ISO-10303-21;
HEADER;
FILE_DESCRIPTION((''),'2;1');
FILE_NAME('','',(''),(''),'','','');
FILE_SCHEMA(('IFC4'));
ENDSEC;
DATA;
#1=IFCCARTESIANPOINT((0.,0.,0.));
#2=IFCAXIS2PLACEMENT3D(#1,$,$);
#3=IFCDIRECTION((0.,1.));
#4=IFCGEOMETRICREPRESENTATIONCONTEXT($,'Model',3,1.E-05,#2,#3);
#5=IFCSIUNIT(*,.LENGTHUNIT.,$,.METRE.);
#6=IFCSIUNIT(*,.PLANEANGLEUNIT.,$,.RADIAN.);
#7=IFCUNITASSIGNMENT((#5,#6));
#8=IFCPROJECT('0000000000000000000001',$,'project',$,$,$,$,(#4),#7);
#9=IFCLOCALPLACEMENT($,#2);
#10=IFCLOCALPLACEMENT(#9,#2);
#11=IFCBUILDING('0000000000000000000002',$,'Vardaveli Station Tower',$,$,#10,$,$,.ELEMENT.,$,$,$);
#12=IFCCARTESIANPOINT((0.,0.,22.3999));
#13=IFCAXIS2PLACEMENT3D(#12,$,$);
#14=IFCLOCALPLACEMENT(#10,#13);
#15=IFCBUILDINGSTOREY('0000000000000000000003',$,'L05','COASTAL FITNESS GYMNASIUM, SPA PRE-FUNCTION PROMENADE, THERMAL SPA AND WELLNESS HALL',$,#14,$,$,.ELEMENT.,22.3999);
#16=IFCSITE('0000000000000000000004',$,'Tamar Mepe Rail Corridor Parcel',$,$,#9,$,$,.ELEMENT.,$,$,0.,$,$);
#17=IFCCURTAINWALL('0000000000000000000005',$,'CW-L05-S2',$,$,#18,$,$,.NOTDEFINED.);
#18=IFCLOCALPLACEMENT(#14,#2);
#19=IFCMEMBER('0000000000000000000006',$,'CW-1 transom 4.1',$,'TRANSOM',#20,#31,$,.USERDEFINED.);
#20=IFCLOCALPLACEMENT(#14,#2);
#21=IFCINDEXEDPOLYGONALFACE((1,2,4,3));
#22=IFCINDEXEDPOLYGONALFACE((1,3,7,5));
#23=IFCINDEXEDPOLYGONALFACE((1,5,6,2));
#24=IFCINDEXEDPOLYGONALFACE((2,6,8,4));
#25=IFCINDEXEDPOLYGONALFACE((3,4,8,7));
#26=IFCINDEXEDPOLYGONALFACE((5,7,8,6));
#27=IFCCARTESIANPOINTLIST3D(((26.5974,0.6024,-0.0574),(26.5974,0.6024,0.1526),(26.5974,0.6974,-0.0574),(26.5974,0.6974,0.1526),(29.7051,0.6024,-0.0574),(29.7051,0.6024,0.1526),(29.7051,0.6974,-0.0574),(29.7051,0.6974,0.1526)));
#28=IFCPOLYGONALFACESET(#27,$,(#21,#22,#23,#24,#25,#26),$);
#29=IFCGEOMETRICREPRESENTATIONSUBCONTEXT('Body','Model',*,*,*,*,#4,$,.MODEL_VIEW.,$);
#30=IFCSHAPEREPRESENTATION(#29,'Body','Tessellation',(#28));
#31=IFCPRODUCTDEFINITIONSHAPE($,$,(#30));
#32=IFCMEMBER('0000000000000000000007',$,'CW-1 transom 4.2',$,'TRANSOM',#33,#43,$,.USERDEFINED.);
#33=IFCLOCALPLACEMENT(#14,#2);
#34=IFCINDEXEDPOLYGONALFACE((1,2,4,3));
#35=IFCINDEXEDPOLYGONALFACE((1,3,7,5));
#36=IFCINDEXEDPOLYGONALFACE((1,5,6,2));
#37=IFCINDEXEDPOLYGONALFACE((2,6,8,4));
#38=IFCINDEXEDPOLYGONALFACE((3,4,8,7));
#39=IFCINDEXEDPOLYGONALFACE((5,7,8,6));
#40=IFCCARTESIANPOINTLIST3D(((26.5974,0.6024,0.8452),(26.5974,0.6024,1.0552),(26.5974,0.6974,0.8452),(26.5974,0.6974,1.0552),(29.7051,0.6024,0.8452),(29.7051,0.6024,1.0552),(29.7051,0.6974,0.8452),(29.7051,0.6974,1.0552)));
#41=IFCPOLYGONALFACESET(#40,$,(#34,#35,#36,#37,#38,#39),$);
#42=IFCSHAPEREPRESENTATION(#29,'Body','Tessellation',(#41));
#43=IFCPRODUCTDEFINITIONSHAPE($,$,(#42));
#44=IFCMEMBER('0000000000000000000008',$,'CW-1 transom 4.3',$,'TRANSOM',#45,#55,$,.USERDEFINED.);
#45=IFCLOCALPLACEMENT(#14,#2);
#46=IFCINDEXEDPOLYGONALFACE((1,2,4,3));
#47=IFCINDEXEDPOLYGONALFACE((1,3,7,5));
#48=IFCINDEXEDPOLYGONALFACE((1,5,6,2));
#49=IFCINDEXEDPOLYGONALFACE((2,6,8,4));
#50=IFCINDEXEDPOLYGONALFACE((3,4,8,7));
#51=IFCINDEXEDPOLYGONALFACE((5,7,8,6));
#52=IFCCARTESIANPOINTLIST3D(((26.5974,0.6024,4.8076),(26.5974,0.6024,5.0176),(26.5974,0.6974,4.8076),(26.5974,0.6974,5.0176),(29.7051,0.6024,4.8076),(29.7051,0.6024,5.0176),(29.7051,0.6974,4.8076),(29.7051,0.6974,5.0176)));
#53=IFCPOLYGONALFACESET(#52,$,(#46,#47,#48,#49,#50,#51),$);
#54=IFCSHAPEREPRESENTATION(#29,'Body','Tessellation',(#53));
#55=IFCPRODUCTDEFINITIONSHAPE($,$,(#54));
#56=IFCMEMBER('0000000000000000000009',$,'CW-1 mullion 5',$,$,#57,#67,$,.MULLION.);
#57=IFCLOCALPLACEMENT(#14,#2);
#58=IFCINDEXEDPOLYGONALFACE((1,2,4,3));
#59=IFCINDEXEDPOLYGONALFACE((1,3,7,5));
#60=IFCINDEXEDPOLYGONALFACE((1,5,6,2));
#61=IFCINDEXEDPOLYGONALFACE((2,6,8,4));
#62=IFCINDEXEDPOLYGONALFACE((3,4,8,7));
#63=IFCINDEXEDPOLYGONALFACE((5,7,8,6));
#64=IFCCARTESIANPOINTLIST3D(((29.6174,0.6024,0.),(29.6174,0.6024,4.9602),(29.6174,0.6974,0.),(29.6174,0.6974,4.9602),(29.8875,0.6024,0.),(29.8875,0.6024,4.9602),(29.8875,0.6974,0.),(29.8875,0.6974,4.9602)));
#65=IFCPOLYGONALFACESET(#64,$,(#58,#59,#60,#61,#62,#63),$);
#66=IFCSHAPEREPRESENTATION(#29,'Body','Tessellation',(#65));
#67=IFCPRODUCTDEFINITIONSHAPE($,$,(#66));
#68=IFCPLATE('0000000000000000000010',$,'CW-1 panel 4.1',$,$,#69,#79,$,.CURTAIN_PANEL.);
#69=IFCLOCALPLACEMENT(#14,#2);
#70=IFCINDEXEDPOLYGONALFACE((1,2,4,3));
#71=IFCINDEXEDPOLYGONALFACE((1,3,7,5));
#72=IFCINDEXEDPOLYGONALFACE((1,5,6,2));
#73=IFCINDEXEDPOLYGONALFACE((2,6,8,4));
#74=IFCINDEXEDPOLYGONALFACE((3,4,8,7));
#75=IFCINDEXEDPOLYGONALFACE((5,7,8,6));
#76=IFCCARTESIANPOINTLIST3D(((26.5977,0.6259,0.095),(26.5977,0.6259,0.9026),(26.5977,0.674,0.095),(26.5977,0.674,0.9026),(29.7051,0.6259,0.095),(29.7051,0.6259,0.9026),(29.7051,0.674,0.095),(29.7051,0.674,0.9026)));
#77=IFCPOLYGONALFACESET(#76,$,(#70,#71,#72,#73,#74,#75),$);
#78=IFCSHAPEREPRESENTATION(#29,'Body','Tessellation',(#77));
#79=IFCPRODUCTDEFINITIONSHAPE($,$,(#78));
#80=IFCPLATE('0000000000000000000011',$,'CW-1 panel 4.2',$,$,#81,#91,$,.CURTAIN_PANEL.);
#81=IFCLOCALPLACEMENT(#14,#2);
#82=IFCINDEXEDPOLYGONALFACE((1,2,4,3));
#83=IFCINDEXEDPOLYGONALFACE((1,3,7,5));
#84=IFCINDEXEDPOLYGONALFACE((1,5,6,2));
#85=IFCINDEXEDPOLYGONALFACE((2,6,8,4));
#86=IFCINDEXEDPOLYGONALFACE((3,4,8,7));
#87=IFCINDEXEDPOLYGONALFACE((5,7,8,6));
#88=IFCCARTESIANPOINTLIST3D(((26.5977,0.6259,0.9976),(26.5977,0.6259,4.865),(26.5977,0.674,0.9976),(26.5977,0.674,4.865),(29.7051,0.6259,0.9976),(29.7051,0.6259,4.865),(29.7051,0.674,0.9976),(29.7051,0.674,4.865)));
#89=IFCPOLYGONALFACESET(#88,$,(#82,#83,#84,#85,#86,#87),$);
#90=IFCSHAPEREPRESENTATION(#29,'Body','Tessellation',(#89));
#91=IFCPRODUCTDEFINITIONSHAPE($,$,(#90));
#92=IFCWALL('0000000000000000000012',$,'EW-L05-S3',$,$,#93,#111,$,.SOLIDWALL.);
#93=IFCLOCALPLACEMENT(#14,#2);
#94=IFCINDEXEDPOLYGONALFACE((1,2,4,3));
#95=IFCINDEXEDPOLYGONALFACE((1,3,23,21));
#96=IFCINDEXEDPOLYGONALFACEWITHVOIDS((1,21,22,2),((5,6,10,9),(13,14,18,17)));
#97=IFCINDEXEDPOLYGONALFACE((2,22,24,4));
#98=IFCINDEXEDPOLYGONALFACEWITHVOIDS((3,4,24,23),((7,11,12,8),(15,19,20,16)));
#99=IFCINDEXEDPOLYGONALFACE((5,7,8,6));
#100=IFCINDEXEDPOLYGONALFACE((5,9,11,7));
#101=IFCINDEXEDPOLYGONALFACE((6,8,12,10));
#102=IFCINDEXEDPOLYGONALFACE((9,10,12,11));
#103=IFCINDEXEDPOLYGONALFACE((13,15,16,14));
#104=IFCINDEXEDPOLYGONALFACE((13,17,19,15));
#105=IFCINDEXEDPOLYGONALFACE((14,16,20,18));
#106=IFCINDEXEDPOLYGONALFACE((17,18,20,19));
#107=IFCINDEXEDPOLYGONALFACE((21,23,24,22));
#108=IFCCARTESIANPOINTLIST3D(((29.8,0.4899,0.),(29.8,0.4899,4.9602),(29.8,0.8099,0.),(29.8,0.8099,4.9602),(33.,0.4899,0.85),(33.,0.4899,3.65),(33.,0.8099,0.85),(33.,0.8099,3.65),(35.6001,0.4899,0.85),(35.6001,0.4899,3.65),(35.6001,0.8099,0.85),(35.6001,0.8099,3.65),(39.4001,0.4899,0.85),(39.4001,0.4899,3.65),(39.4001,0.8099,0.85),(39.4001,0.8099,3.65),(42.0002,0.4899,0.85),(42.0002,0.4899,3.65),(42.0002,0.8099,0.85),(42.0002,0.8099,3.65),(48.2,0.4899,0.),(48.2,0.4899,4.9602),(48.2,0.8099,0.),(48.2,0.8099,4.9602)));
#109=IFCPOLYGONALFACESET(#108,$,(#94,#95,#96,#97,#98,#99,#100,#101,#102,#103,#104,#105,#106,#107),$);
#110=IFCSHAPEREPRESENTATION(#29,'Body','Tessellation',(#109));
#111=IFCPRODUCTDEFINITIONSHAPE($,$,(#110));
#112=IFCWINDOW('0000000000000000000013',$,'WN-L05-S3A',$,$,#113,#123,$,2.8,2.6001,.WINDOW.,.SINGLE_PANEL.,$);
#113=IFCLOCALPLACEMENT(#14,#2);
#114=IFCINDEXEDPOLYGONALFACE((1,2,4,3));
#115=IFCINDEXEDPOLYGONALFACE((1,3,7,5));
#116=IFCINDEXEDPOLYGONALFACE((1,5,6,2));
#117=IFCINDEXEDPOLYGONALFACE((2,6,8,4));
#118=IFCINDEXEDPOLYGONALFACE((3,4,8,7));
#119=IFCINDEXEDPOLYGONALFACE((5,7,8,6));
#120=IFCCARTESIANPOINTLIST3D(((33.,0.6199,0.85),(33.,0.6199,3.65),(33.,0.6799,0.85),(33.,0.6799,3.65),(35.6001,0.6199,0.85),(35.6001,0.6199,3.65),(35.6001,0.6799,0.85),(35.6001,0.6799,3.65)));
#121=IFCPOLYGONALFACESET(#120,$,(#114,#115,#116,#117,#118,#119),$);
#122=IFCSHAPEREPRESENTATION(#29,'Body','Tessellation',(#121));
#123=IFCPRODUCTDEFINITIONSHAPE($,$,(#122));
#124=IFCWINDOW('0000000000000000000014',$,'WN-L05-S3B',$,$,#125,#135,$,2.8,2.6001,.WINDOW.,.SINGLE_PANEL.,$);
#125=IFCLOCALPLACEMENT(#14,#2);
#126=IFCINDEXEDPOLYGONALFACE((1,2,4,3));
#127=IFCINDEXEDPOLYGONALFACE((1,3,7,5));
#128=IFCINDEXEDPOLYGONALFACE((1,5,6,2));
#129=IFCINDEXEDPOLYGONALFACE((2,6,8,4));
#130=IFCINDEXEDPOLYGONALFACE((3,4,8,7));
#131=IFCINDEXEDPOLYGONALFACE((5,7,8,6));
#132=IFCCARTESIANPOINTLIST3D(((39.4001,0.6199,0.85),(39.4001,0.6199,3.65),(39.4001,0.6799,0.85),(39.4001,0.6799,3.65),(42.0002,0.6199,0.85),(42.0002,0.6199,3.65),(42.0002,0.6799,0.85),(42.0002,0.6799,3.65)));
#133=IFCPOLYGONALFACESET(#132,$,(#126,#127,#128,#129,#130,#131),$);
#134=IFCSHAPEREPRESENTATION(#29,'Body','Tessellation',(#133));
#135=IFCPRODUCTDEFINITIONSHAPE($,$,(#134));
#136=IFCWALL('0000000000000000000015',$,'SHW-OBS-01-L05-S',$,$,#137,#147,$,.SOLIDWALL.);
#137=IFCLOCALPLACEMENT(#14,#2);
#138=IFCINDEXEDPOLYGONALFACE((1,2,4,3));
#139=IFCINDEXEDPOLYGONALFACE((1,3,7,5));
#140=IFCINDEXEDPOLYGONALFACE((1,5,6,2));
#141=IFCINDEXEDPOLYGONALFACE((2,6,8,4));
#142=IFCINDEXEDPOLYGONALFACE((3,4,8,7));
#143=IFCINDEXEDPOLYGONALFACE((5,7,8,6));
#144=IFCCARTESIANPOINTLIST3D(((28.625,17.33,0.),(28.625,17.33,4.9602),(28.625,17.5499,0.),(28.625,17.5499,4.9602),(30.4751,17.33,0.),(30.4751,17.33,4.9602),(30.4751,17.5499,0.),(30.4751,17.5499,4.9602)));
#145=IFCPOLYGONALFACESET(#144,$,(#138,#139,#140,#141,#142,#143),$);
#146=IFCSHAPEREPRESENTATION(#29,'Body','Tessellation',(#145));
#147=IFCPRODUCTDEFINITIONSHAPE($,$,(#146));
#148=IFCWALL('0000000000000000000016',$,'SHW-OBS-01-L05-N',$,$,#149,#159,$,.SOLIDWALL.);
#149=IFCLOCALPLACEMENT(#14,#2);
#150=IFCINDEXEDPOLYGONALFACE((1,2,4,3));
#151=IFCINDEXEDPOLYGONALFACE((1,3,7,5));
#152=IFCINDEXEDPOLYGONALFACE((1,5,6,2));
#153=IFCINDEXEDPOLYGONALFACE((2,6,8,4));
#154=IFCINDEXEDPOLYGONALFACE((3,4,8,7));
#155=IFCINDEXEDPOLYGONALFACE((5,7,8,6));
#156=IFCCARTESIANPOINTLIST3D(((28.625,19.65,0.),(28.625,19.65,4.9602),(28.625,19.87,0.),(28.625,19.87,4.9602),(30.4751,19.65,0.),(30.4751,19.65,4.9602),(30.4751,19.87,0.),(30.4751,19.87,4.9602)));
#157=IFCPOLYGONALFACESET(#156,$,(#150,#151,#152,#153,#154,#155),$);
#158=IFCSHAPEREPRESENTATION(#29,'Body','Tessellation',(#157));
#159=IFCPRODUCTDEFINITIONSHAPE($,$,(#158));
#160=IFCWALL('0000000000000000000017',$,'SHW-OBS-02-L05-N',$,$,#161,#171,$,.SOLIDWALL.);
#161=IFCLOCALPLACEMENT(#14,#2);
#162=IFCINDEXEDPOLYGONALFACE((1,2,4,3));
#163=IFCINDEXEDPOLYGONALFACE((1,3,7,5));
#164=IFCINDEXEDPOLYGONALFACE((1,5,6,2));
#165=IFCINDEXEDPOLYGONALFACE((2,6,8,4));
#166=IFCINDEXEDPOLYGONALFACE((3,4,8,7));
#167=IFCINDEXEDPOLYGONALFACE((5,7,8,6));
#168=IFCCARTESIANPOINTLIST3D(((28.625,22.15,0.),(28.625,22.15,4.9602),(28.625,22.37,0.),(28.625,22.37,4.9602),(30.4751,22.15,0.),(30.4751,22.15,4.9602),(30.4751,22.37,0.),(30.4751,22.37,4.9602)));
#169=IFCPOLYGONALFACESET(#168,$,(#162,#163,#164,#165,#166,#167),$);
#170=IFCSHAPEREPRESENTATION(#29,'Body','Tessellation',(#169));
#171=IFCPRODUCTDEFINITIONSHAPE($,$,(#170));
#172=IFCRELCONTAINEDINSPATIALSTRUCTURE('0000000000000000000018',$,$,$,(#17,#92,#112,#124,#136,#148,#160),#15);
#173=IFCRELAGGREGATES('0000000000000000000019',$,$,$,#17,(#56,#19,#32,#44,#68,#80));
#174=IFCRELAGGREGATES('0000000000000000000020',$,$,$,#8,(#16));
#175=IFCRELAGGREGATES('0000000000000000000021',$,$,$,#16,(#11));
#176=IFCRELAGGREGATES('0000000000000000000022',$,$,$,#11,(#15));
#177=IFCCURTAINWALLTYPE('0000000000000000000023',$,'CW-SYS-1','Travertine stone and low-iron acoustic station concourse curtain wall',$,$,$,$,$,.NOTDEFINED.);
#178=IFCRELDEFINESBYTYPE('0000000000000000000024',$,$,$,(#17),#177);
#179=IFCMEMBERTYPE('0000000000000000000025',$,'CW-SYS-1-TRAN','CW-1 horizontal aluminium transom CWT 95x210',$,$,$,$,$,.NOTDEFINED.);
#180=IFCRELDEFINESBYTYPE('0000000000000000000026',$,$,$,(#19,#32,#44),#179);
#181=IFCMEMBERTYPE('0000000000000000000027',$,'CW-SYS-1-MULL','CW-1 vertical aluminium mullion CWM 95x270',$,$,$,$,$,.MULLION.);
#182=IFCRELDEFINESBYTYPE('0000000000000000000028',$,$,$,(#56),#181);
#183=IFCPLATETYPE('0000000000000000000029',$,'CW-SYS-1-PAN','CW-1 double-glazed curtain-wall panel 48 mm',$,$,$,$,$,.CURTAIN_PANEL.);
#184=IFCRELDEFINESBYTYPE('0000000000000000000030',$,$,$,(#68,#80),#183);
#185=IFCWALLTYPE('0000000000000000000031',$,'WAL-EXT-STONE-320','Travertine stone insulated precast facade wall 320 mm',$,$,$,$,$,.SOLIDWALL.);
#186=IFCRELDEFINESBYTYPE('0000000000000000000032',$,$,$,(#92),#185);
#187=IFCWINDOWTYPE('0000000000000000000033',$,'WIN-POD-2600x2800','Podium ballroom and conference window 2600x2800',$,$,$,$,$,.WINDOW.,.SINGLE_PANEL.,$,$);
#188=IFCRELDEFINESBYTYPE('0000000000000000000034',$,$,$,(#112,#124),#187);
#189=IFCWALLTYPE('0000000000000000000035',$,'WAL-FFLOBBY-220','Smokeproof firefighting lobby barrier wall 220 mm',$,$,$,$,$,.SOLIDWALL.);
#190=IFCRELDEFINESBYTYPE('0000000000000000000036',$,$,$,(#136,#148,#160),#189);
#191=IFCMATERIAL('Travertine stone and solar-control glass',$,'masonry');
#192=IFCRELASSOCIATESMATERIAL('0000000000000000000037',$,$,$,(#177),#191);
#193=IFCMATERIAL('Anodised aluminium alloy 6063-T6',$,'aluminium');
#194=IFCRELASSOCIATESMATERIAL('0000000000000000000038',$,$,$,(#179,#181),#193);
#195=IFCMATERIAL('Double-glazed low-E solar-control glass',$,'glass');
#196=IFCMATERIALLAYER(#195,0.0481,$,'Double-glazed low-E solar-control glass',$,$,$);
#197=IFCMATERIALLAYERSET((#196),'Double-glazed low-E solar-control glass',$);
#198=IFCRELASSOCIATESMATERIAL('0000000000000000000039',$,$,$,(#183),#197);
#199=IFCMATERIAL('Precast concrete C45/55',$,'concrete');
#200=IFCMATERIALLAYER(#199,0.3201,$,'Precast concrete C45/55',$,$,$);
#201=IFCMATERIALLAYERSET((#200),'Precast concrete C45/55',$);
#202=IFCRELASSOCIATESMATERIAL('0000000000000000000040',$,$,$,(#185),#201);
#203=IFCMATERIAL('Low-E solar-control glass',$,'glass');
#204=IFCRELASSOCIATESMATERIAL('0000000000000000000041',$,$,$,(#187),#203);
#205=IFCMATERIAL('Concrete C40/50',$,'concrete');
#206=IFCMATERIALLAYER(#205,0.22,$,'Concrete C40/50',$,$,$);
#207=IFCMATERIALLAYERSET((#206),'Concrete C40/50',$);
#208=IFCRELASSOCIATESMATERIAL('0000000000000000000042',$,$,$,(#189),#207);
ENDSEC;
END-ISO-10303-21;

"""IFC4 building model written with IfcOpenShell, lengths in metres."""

from ifc_helpers import new_model, si_unit, direction, frame, frame_2d, origin, origin_2d, place, context, subcontext, project, spatial, rectangle, extrude, source, transform, mapped, material, layer, layer_set, material_profile, profile_set, type_object, element, fill, aggregate, save


model = new_model("IFC4")

# Units and contexts
model_context = context("Model", 3, precision=1e-05, world=origin(), true_north=direction((0.0, 1.0)))
body_context = subcontext(model_context, "Body", "Model", "MODEL_VIEW")
ifc_project = project(units=[si_unit("LENGTHUNIT", "METRE"), si_unit("PLANEANGLEUNIT", "RADIAN")], contexts=[model_context])

# Site, building, storey
site_placement = place(None, origin())
site = spatial("IfcSite", under=ifc_project, at=site_placement, Name="Tamar Mepe Rail Corridor Parcel", CompositionType="ELEMENT", RefElevation=0.0)
building_placement = place(site_placement, origin())
building = spatial("IfcBuilding", under=site, at=building_placement, Name="Vardaveli Station Tower", CompositionType="ELEMENT")
storey_placement = place(building_placement, frame((0.0, 0.0, 22.3999)))
storey = spatial("IfcBuildingStorey", under=building, at=storey_placement, Name="L05", Description="COASTAL FITNESS GYMNASIUM, SPA PRE-FUNCTION PROMENADE, THERMAL SPA AND WELLNESS HALL", CompositionType="ELEMENT", Elevation=22.3999)

# Curtain wall, members, plates
ifc_material_1 = material(Name="Travertine stone and solar-control glass", Category="masonry")
curtain_wall_type = type_object("IfcCurtainWallType", Name="CW-SYS-1", Description="Travertine stone and low-iron acoustic station concourse curtain wall", PredefinedType="NOTDEFINED", material=ifc_material_1)
curtain_wall_placement = place(storey_placement, origin())
curtain_wall = element("IfcCurtainWall", 1, at=curtain_wall_placement, inside=storey, type_object=curtain_wall_type, Name="CW-L05-S2", PredefinedType="NOTDEFINED")
ifc_material_2 = material(Name="Anodised aluminium alloy 6063-T6", Category="aluminium")
ifc_material_profile_1 = material_profile(ifc_material_2, rectangle(XDim=0.095, YDim=0.21, at=origin_2d()), Name="CWT 95x210")
ifc_profile_set_1 = profile_set([ifc_material_profile_1], Name="Anodised aluminium alloy 6063-T6")
member_type_1 = type_object("IfcMemberType", Name="CW-SYS-1-TRAN", Description="CW-1 horizontal aluminium transom CWT 95x210", PredefinedType="NOTDEFINED", material=ifc_profile_set_1)
shared_shape_1 = source(origin(), body_context, "Body", "SweptSolid", [
    extrude(rectangle(XDim=0.095, YDim=0.21, at=origin_2d()), origin(), (0.0, 0.0, 1.0), 3.1077),
])
member_1_placement = place(storey_placement, frame((26.5974, 0.6499, 0.0476), z_axis=(1.0, 0.0, 0.0), x_axis=(0.0, 1.0, 0.0)))
member_1 = element("IfcMember", 2, at=member_1_placement, type_object=member_type_1, Name="CW-1 transom 4.1", ObjectType="TRANSOM", PredefinedType="USERDEFINED", context=body_context, shape_type="MappedRepresentation", body=[
    mapped(shared_shape_1, transform((0.0, 0.0, 0.0), scale=1.0)),
])
member_2_placement = place(storey_placement, frame((26.5974, 0.6499, 0.9502), z_axis=(1.0, 0.0, 0.0), x_axis=(0.0, 1.0, 0.0)))
member_2 = element("IfcMember", 3, at=member_2_placement, type_object=member_type_1, Name="CW-1 transom 4.2", ObjectType="TRANSOM", PredefinedType="USERDEFINED", context=body_context, shape_type="MappedRepresentation", body=[
    mapped(shared_shape_1, transform((0.0, 0.0, 0.0), scale=1.0)),
])
member_3_placement = place(storey_placement, frame((26.5974, 0.6499, 4.9126), z_axis=(1.0, 0.0, 0.0), x_axis=(0.0, 1.0, 0.0)))
member_3 = element("IfcMember", 4, at=member_3_placement, type_object=member_type_1, Name="CW-1 transom 4.3", ObjectType="TRANSOM", PredefinedType="USERDEFINED", context=body_context, shape_type="MappedRepresentation", body=[
    mapped(shared_shape_1, transform((0.0, 0.0, 0.0), scale=1.0)),
])
ifc_material_profile_2 = material_profile(ifc_material_2, rectangle(XDim=0.095, YDim=0.27, at=origin_2d()), Name="CWM 95x270")
ifc_profile_set_2 = profile_set([ifc_material_profile_2], Name="Anodised aluminium alloy 6063-T6")
member_type_2 = type_object("IfcMemberType", Name="CW-SYS-1-MULL", Description="CW-1 vertical aluminium mullion CWM 95x270", PredefinedType="MULLION", material=ifc_profile_set_2)
shared_shape_2 = source(origin(), body_context, "Body", "SweptSolid", [
    extrude(rectangle(XDim=0.095, YDim=0.27, at=origin_2d()), origin(), (0.0, 0.0, 1.0), 4.9602),
])
member_4_placement = place(storey_placement, frame((29.7524, 0.6499, 0.0), z_axis=(0.0, 0.0, 1.0), x_axis=(0.0, 1.0, 0.0)))
member_4 = element("IfcMember", 5, at=member_4_placement, type_object=member_type_2, Name="CW-1 mullion 5", PredefinedType="MULLION", context=body_context, shape_type="MappedRepresentation", body=[
    mapped(shared_shape_2, transform((0.0, 0.0, 0.0), scale=1.0)),
])
ifc_material_3 = material(Name="Double-glazed low-E solar-control glass", Category="glass")
ifc_layer_1 = layer(ifc_material_3, 0.0481, Name="Double-glazed low-E solar-control glass")
ifc_layer_set_1 = layer_set([ifc_layer_1], Name="Double-glazed low-E solar-control glass")
plate_type = type_object("IfcPlateType", Name="CW-SYS-1-PAN", Description="CW-1 double-glazed curtain-wall panel 48 mm", PredefinedType="CURTAIN_PANEL", material=ifc_layer_set_1)
shared_shape_3 = source(origin(), body_context, "Body", "SweptSolid", [
    extrude(rectangle(XDim=3.1074, YDim=0.0481, at=origin_2d()), origin(), (0.0, 0.0, 1.0), 0.8076),
])
plate_1_placement = place(storey_placement, frame((28.1514, 0.6499, 0.095), z_axis=(0.0, 0.0, 1.0), x_axis=(1.0, 0.0, 0.0)))
plate_1 = element("IfcPlate", 6, at=plate_1_placement, type_object=plate_type, Name="CW-1 panel 4.1", PredefinedType="CURTAIN_PANEL", context=body_context, shape_type="MappedRepresentation", body=[
    mapped(shared_shape_3, transform((0.0, 0.0, 0.0), scale=1.0)),
])
shared_shape_4 = source(origin(), body_context, "Body", "SweptSolid", [
    extrude(rectangle(XDim=3.1074, YDim=0.0481, at=origin_2d()), origin(), (0.0, 0.0, 1.0), 3.8674),
])
plate_2_placement = place(storey_placement, frame((28.1514, 0.6499, 0.9976), z_axis=(0.0, 0.0, 1.0), x_axis=(1.0, 0.0, 0.0)))
plate_2 = element("IfcPlate", 7, at=plate_2_placement, type_object=plate_type, Name="CW-1 panel 4.2", PredefinedType="CURTAIN_PANEL", context=body_context, shape_type="MappedRepresentation", body=[
    mapped(shared_shape_4, transform((0.0, 0.0, 0.0), scale=1.0)),
])
aggregate(curtain_wall, [member_4, member_1, member_2, member_3, plate_1, plate_2])

# Wall, openings, windows
ifc_material_4 = material(Name="Precast concrete C45/55", Category="concrete")
ifc_layer_2 = layer(ifc_material_4, 0.3201, Name="Precast concrete C45/55")
ifc_layer_set_2 = layer_set([ifc_layer_2], Name="Precast concrete C45/55")
wall_type_1 = type_object("IfcWallType", Name="WAL-EXT-STONE-320", Description="Travertine stone insulated precast facade wall 320 mm", PredefinedType="SOLIDWALL", material=ifc_layer_set_2)
shared_shape_5 = source(origin(), body_context, "Body", "SweptSolid", [
    extrude(rectangle(XDim=18.3999, YDim=0.3201, at=frame_2d((9.2, 0.0))), origin(), (0.0, 0.0, 1.0), 4.9602),
])
wall_placement = place(storey_placement, frame((29.8, 0.6499, 0.0), z_axis=(0.0, 0.0, 1.0), x_axis=(1.0, 0.0, 0.0)))
wall = element("IfcWall", 8, at=wall_placement, inside=storey, type_object=wall_type_1, Name="EW-L05-S3", PredefinedType="SOLIDWALL", context=body_context, shape_type="MappedRepresentation", body=[
    mapped(shared_shape_5, transform((0.0, 0.0, 0.0), scale=1.0)),
])
shared_shape_6 = source(origin(), body_context, "Body", "SweptSolid", [
    extrude(rectangle(XDim=2.6001, YDim=2.8, at=frame_2d((1.3, 1.3999))), frame((0.0, 0.1699, 0.0), z_axis=(0.0, -1.0, 0.0), x_axis=(1.0, 0.0, 0.0)), (0.0, 0.0, 1.0), 0.3401),
])
opening_1_placement = place(wall_placement, frame((3.2, 0.0, 0.8501)))
opening_1 = element("IfcOpeningElement", 9, at=opening_1_placement, cuts=wall, PredefinedType="OPENING", context=body_context, shape_type="MappedRepresentation", body=[
    mapped(shared_shape_6, transform((0.0, 0.0, 0.0), scale=1.0)),
])
opening_2_placement = place(wall_placement, frame((9.6001, 0.0, 0.8501)))
opening_2 = element("IfcOpeningElement", 10, at=opening_2_placement, cuts=wall, PredefinedType="OPENING", context=body_context, shape_type="MappedRepresentation", body=[
    mapped(shared_shape_6, transform((0.0, 0.0, 0.0), scale=1.0)),
])
ifc_material_5 = material(Name="Low-E solar-control glass", Category="glass")
window_type = type_object("IfcWindowType", Name="WIN-POD-2600x2800", Description="Podium ballroom and conference window 2600x2800", PartitioningType="SINGLE_PANEL", PredefinedType="WINDOW", material=ifc_material_5)
shared_shape_7 = source(origin(), body_context, "Body", "SweptSolid", [
    extrude(rectangle(XDim=2.6001, YDim=2.8, at=frame_2d((1.3, 1.3999))), frame((0.0, 0.03, 0.0), z_axis=(0.0, -1.0, 0.0), x_axis=(1.0, 0.0, 0.0)), (0.0, 0.0, 1.0), 0.0601),
])
window_1_placement = place(opening_1_placement, origin())
window_1 = element("IfcWindow", 11, at=window_1_placement, inside=storey, type_object=window_type, Name="WN-L05-S3A", OverallHeight=2.8, OverallWidth=2.6001, PartitioningType="SINGLE_PANEL", PredefinedType="WINDOW", context=body_context, shape_type="MappedRepresentation", body=[
    mapped(shared_shape_7, transform((0.0, 0.0, 0.0), scale=1.0)),
])
fill(opening_1, window_1)
window_2_placement = place(opening_2_placement, origin())
window_2 = element("IfcWindow", 12, at=window_2_placement, inside=storey, type_object=window_type, Name="WN-L05-S3B", OverallHeight=2.8, OverallWidth=2.6001, PartitioningType="SINGLE_PANEL", PredefinedType="WINDOW", context=body_context, shape_type="MappedRepresentation", body=[
    mapped(shared_shape_7, transform((0.0, 0.0, 0.0), scale=1.0)),
])
fill(opening_2, window_2)

# Walls
ifc_material_6 = material(Name="Concrete C40/50", Category="concrete")
ifc_layer_3 = layer(ifc_material_6, 0.22, Name="Concrete C40/50")
ifc_layer_set_3 = layer_set([ifc_layer_3], Name="Concrete C40/50")
wall_type_2 = type_object("IfcWallType", Name="WAL-FFLOBBY-220", Description="Smokeproof firefighting lobby barrier wall 220 mm", PredefinedType="SOLIDWALL", material=ifc_layer_set_3)
shared_shape_8 = source(origin(), body_context, "Body", "SweptSolid", [
    extrude(rectangle(XDim=1.8501, YDim=0.22, at=frame_2d((0.925, 0.0))), origin(), (0.0, 0.0, 1.0), 4.9602),
])
for number, where, z_axis, x_axis, name in (
    (13, (28.625, 17.4399, 0.0), (0.0, 0.0, 1.0), (1.0, 0.0, 0.0), "SHW-OBS-01-L05-S"),
    (14, (28.625, 19.76, 0.0), (0.0, 0.0, 1.0), (1.0, 0.0, 0.0), "SHW-OBS-01-L05-N"),
    (15, (28.625, 22.26, 0.0), (0.0, 0.0, 1.0), (1.0, 0.0, 0.0), "SHW-OBS-02-L05-N"),
):
    element("IfcWall", number, at=place(storey_placement, frame(where, z_axis=z_axis, x_axis=x_axis)), inside=storey, type_object=wall_type_2, Name=name, PredefinedType="SOLIDWALL", context=body_context, shape_type="MappedRepresentation", body=[
        mapped(shared_shape_8, transform((0.0, 0.0, 0.0), scale=1.0)),
    ])

save(model, "model.ifc")
